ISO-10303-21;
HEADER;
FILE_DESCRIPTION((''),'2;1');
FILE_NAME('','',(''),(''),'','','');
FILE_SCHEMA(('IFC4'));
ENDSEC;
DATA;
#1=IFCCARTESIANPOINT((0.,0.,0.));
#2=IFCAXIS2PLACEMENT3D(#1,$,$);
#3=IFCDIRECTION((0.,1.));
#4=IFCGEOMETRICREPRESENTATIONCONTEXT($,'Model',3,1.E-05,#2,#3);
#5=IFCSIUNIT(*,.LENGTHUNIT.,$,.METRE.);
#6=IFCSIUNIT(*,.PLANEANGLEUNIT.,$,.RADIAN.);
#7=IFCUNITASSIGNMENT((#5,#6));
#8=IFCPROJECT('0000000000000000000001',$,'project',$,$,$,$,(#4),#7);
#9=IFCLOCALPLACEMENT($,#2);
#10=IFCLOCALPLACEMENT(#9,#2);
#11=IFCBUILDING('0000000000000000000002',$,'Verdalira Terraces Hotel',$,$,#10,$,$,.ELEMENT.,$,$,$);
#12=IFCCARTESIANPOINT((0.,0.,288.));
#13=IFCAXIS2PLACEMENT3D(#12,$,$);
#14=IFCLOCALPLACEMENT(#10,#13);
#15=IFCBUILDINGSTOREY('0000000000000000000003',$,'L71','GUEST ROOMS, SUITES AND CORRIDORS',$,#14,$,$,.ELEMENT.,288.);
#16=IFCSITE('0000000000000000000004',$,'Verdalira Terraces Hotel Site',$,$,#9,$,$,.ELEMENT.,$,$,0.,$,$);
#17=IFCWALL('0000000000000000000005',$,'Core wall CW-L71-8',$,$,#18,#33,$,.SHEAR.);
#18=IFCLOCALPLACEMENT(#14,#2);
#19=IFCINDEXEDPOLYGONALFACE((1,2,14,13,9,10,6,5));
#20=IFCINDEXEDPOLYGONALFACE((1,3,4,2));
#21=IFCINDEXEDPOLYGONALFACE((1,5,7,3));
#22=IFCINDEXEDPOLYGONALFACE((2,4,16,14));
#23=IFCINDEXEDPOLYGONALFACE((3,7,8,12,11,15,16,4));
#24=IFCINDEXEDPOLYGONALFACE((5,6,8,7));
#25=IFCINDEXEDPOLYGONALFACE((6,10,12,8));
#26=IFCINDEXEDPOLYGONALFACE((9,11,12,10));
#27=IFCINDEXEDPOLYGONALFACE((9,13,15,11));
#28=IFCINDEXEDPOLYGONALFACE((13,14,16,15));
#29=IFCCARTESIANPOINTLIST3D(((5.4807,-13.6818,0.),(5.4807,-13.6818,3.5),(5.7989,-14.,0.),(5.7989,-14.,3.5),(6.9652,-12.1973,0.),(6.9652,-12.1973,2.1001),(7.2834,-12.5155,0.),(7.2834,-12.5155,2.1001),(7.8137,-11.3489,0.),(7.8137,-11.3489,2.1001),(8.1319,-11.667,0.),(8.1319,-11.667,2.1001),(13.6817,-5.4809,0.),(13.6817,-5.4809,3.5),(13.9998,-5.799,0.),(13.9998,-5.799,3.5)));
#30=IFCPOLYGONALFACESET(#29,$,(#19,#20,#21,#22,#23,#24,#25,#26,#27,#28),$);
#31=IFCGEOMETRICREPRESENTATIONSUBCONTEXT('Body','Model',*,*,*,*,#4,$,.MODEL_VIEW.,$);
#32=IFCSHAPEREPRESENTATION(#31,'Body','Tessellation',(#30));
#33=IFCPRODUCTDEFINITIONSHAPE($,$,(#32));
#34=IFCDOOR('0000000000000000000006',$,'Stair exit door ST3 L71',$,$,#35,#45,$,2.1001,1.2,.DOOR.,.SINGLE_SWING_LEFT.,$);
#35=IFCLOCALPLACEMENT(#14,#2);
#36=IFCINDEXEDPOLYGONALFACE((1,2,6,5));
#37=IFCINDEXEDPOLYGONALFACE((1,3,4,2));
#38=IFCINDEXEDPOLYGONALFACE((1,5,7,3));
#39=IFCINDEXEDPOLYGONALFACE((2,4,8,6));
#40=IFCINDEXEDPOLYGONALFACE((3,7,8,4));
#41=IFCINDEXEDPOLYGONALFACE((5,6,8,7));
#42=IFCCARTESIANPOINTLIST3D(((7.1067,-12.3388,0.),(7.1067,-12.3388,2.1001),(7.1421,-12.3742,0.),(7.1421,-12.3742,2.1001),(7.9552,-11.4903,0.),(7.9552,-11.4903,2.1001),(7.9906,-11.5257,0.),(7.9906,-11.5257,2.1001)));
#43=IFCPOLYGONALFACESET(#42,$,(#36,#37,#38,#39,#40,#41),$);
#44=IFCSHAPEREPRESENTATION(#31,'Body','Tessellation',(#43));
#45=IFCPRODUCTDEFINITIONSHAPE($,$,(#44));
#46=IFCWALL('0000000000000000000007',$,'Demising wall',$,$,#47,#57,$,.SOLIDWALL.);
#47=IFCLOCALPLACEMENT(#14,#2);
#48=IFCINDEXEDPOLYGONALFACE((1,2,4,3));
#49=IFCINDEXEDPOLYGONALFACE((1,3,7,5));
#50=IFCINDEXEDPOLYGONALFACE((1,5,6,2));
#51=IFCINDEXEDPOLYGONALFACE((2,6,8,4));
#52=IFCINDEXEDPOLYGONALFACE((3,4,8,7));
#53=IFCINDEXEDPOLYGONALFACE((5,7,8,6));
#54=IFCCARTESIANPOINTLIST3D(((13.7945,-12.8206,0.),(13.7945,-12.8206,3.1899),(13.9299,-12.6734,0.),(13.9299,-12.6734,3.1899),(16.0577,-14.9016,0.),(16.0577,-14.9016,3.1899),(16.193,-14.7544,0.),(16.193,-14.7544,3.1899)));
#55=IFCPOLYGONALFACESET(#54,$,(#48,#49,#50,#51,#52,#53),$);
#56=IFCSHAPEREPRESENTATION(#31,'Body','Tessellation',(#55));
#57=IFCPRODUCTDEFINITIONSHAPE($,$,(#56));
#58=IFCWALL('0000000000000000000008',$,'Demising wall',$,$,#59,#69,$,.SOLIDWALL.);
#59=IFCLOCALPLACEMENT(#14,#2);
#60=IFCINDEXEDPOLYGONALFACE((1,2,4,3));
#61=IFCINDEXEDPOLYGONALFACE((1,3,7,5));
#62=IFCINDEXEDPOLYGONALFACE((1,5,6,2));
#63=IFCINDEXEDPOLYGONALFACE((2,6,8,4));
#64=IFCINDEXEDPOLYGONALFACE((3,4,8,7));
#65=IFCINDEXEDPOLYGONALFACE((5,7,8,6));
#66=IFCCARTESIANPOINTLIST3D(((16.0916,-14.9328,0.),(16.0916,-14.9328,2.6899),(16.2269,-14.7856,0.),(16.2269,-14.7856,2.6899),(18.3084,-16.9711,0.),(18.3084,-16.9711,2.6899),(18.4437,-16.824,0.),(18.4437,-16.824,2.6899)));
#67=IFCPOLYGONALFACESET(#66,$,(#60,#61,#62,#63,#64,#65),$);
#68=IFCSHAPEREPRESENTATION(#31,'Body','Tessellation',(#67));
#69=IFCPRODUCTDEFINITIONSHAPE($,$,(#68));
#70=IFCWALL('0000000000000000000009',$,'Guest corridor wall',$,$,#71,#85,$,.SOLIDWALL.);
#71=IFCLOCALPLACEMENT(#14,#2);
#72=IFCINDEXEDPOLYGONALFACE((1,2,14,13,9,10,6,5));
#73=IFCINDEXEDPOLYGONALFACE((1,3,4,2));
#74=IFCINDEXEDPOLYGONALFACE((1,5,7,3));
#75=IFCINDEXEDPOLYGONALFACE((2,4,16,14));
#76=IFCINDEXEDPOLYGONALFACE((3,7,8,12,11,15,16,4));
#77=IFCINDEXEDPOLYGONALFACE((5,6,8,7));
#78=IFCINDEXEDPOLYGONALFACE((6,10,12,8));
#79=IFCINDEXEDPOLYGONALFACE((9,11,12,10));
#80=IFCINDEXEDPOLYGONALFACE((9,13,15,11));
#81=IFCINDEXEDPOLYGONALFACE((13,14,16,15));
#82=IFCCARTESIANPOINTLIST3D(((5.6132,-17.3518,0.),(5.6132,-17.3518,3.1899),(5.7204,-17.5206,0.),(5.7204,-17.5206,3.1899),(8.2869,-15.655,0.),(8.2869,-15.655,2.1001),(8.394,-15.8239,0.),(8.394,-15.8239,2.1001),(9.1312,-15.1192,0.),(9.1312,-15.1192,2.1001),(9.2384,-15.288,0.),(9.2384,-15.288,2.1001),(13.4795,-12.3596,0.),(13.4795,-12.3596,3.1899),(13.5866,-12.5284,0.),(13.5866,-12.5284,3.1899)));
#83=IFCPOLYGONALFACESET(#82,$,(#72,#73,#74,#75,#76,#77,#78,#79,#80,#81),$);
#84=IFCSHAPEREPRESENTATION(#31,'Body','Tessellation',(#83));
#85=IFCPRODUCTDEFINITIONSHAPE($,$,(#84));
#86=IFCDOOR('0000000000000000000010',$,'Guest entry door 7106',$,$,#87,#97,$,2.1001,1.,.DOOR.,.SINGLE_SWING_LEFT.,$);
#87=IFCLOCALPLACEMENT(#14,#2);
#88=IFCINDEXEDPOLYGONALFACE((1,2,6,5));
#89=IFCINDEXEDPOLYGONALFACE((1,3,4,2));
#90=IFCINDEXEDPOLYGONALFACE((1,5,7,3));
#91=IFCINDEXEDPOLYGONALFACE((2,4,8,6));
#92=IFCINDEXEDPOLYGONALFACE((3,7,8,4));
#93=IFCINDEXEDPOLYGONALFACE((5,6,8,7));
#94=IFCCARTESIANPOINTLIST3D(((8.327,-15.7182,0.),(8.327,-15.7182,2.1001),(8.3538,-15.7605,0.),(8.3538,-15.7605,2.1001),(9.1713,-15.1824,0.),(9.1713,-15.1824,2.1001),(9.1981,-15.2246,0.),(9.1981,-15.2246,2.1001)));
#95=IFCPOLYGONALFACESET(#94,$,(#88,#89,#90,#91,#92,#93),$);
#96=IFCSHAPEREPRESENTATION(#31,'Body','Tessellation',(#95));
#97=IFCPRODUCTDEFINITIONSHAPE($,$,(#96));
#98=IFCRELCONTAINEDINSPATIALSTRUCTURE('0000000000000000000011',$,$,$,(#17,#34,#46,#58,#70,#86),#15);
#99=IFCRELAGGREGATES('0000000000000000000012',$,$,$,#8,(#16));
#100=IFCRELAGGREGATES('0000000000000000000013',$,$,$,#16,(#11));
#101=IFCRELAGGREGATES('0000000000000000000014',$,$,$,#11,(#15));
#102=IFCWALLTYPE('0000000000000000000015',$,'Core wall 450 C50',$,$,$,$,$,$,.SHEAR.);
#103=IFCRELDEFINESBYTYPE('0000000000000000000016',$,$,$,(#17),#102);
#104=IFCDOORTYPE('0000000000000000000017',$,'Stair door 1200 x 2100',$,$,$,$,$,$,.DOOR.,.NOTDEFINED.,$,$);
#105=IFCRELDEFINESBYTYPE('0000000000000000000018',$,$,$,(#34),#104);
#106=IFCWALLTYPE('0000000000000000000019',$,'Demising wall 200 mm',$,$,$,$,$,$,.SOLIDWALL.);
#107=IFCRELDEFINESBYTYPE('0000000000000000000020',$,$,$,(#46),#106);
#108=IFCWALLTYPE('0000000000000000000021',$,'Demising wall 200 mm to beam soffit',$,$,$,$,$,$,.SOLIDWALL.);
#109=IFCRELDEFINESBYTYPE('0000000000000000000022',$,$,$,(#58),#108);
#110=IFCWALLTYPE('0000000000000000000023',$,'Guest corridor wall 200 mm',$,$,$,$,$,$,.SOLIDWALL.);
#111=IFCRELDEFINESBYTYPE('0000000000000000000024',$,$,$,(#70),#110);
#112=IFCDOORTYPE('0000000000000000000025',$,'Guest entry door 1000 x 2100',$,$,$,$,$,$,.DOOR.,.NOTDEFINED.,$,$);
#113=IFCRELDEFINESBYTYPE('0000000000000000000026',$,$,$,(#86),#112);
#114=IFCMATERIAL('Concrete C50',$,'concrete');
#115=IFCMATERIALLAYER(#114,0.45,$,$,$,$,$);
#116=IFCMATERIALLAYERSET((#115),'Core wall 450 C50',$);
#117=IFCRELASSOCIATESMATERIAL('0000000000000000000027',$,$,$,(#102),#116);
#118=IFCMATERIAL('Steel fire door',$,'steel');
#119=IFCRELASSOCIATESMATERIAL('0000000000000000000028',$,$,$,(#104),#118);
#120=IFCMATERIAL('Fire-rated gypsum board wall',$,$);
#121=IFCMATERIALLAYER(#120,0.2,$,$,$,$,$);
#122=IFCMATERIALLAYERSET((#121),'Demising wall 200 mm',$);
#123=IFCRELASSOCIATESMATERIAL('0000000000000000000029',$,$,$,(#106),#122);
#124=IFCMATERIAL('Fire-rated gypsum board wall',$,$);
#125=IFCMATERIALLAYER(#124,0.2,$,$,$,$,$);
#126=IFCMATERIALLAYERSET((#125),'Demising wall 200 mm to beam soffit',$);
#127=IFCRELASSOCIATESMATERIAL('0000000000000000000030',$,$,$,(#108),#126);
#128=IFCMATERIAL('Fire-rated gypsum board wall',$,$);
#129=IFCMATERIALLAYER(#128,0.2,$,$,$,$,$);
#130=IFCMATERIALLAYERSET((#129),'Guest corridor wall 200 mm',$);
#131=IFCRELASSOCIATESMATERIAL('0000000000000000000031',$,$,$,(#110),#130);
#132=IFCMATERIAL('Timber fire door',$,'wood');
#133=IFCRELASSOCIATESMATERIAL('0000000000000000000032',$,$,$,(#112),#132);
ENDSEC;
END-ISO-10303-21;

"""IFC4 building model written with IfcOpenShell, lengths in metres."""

from ifc_helpers import new_model, si_unit, direction, frame, frame_2d, origin, place, context, subcontext, project, spatial, rectangle, extrude, material, layer, layer_set, type_object, element, fill, save


model = new_model("IFC4")

# Units and contexts
model_context = context("Model", 3, precision=1e-05, world=origin(), true_north=direction((0.0, 1.0)))
body_context = subcontext(model_context, "Body", "Model", "MODEL_VIEW")
ifc_project = project(units=[si_unit("LENGTHUNIT", "METRE"), si_unit("PLANEANGLEUNIT", "RADIAN")], contexts=[model_context])

# Site, building, storey
site_placement = place(None, origin())
site = spatial("IfcSite", under=ifc_project, at=site_placement, Name="Verdalira Terraces Hotel Site", CompositionType="ELEMENT", RefElevation=0.0)
building_placement = place(site_placement, origin())
building = spatial("IfcBuilding", under=site, at=building_placement, Name="Verdalira Terraces Hotel", CompositionType="ELEMENT")
storey_placement = place(building_placement, frame((0.0, 0.0, 288.0)))
storey = spatial("IfcBuildingStorey", under=building, at=storey_placement, Name="L71", Description="GUEST ROOMS, SUITES AND CORRIDORS", CompositionType="ELEMENT", Elevation=288.0)

# Wall, opening, door
ifc_material_1 = material(Name="Concrete C50", Category="concrete")
ifc_layer_1 = layer(ifc_material_1, 0.45)
ifc_layer_set_1 = layer_set([ifc_layer_1], Name="Core wall 450 C50")
wall_type_1 = type_object("IfcWallType", Name="Core wall 450 C50", PredefinedType="SHEAR", material=ifc_layer_set_1)
wall_1_placement = place(storey_placement, frame((5.6399, -13.8408, 0.0), z_axis=(0.0, 0.0, 1.0), x_axis=(0.707107, 0.707107, 0.0)))
wall_1 = element("IfcWall", 1, at=wall_1_placement, inside=storey, type_object=wall_type_1, Name="Core wall CW-L71-8", PredefinedType="SHEAR", context=body_context, shape_type="SweptSolid", body=[
    extrude(rectangle(XDim=11.5979, YDim=0.45, at=frame_2d((5.7988, 0.0))), origin(), (0.0, 0.0, 1.0), 3.5),
])
opening_1_placement = place(wall_1_placement, frame((2.0991, 0.0, 0.0)))
opening_1 = element("IfcOpeningElement", 2, at=opening_1_placement, cuts=wall_1, PredefinedType="OPENING", context=body_context, shape_type="SweptSolid", body=[
    extrude(rectangle(XDim=1.2, YDim=2.1001, at=frame_2d((0.6001, 1.05))), frame((0.0, 0.2349, 0.0), z_axis=(0.0, -1.0, 0.0), x_axis=(1.0, 0.0, 0.0)), (0.0, 0.0, 1.0), 0.47),
])
ifc_material_2 = material(Name="Steel fire door", Category="steel")
door_type_1 = type_object("IfcDoorType", Name="Stair door 1200 x 2100", OperationType="NOTDEFINED", PredefinedType="DOOR", material=ifc_material_2)
door_1_placement = place(opening_1_placement, origin())
door_1 = element("IfcDoor", 3, at=door_1_placement, inside=storey, type_object=door_type_1, Name="Stair exit door ST3 L71", OperationType="SINGLE_SWING_LEFT", OverallHeight=2.1001, OverallWidth=1.2, PredefinedType="DOOR", context=body_context, shape_type="SweptSolid", body=[
    extrude(rectangle(XDim=1.2, YDim=2.1001, at=frame_2d((0.6001, 1.05))), frame((0.0, 0.0249, 0.0), z_axis=(0.0, -1.0, 0.0), x_axis=(1.0, 0.0, 0.0)), (0.0, 0.0, 1.0), 0.05),
])
fill(opening_1, door_1)

# Walls
ifc_material_3 = material(Name="Fire-rated gypsum board wall")
ifc_layer_2 = layer(ifc_material_3, 0.2)
ifc_layer_set_2 = layer_set([ifc_layer_2], Name="Demising wall 200 mm")
wall_type_2 = type_object("IfcWallType", Name="Demising wall 200 mm", PredefinedType="SOLIDWALL", material=ifc_layer_set_2)
wall_2_placement = place(storey_placement, frame((13.8623, -12.7471, 0.0), z_axis=(0.0, 0.0, 1.0), x_axis=(0.736105, -0.676867, 0.0)))
element("IfcWall", 4, at=wall_2_placement, inside=storey, type_object=wall_type_2, Name="Demising wall", PredefinedType="SOLIDWALL", context=body_context, shape_type="SweptSolid", body=[
    extrude(rectangle(XDim=3.0745, YDim=0.2, at=frame_2d((1.5371, 0.0))), origin(), (0.0, 0.0, 1.0), 3.1899),
])
ifc_material_4 = material(Name="Fire-rated gypsum board wall")
ifc_layer_3 = layer(ifc_material_4, 0.2)
ifc_layer_set_3 = layer_set([ifc_layer_3], Name="Demising wall 200 mm to beam soffit")
wall_type_3 = type_object("IfcWallType", Name="Demising wall 200 mm to beam soffit", PredefinedType="SOLIDWALL", material=ifc_layer_set_3)
wall_3_placement = place(storey_placement, frame((16.1592, -14.8591, 0.0), z_axis=(0.0, 0.0, 1.0), x_axis=(0.736117, -0.676855, 0.0)))
element("IfcWall", 5, at=wall_3_placement, inside=storey, type_object=wall_type_3, Name="Demising wall", PredefinedType="SOLIDWALL", context=body_context, shape_type="SweptSolid", body=[
    extrude(rectangle(XDim=3.0115, YDim=0.2, at=frame_2d((1.5059, 0.0))), origin(), (0.0, 0.0, 1.0), 2.6899),
])

# Wall, opening, door
ifc_material_5 = material(Name="Fire-rated gypsum board wall")
ifc_layer_4 = layer(ifc_material_5, 0.2)
ifc_layer_set_4 = layer_set([ifc_layer_4], Name="Guest corridor wall 200 mm")
wall_type_4 = type_object("IfcWallType", Name="Guest corridor wall 200 mm", PredefinedType="SOLIDWALL", material=ifc_layer_set_4)
wall_4_placement = place(storey_placement, frame((13.533, -12.4441, 0.0), z_axis=(0.0, 0.0, 1.0), x_axis=(-0.844321, -0.535837, 0.0)))
wall_4 = element("IfcWall", 6, at=wall_4_placement, inside=storey, type_object=wall_type_4, Name="Guest corridor wall", PredefinedType="SOLIDWALL", context=body_context, shape_type="SweptSolid", body=[
    extrude(rectangle(XDim=9.3166, YDim=0.2, at=frame_2d((4.6582, 0.0))), origin(), (0.0, 0.0, 1.0), 3.1899),
])
opening_2_placement = place(wall_4_placement, frame((5.1499, 0.0, 0.0)))
opening_2 = element("IfcOpeningElement", 7, at=opening_2_placement, cuts=wall_4, PredefinedType="OPENING", context=body_context, shape_type="SweptSolid", body=[
    extrude(rectangle(XDim=1.0, YDim=2.1001, at=frame_2d((0.5, 1.05))), frame((0.0, 0.1099, 0.0), z_axis=(0.0, -1.0, 0.0), x_axis=(1.0, 0.0, 0.0)), (0.0, 0.0, 1.0), 0.22),
])
ifc_material_6 = material(Name="Timber fire door", Category="wood")
door_type_2 = type_object("IfcDoorType", Name="Guest entry door 1000 x 2100", OperationType="NOTDEFINED", PredefinedType="DOOR", material=ifc_material_6)
door_2_placement = place(opening_2_placement, origin())
door_2 = element("IfcDoor", 8, at=door_2_placement, inside=storey, type_object=door_type_2, Name="Guest entry door 7106", OperationType="SINGLE_SWING_LEFT", OverallHeight=2.1001, OverallWidth=1.0, PredefinedType="DOOR", context=body_context, shape_type="SweptSolid", body=[
    extrude(rectangle(XDim=1.0, YDim=2.1001, at=frame_2d((0.5, 1.05))), frame((0.0, 0.0249, 0.0), z_axis=(0.0, -1.0, 0.0), x_axis=(1.0, 0.0, 0.0)), (0.0, 0.0, 1.0), 0.05),
])
fill(opening_2, door_2)

save(model, "model.ifc")
